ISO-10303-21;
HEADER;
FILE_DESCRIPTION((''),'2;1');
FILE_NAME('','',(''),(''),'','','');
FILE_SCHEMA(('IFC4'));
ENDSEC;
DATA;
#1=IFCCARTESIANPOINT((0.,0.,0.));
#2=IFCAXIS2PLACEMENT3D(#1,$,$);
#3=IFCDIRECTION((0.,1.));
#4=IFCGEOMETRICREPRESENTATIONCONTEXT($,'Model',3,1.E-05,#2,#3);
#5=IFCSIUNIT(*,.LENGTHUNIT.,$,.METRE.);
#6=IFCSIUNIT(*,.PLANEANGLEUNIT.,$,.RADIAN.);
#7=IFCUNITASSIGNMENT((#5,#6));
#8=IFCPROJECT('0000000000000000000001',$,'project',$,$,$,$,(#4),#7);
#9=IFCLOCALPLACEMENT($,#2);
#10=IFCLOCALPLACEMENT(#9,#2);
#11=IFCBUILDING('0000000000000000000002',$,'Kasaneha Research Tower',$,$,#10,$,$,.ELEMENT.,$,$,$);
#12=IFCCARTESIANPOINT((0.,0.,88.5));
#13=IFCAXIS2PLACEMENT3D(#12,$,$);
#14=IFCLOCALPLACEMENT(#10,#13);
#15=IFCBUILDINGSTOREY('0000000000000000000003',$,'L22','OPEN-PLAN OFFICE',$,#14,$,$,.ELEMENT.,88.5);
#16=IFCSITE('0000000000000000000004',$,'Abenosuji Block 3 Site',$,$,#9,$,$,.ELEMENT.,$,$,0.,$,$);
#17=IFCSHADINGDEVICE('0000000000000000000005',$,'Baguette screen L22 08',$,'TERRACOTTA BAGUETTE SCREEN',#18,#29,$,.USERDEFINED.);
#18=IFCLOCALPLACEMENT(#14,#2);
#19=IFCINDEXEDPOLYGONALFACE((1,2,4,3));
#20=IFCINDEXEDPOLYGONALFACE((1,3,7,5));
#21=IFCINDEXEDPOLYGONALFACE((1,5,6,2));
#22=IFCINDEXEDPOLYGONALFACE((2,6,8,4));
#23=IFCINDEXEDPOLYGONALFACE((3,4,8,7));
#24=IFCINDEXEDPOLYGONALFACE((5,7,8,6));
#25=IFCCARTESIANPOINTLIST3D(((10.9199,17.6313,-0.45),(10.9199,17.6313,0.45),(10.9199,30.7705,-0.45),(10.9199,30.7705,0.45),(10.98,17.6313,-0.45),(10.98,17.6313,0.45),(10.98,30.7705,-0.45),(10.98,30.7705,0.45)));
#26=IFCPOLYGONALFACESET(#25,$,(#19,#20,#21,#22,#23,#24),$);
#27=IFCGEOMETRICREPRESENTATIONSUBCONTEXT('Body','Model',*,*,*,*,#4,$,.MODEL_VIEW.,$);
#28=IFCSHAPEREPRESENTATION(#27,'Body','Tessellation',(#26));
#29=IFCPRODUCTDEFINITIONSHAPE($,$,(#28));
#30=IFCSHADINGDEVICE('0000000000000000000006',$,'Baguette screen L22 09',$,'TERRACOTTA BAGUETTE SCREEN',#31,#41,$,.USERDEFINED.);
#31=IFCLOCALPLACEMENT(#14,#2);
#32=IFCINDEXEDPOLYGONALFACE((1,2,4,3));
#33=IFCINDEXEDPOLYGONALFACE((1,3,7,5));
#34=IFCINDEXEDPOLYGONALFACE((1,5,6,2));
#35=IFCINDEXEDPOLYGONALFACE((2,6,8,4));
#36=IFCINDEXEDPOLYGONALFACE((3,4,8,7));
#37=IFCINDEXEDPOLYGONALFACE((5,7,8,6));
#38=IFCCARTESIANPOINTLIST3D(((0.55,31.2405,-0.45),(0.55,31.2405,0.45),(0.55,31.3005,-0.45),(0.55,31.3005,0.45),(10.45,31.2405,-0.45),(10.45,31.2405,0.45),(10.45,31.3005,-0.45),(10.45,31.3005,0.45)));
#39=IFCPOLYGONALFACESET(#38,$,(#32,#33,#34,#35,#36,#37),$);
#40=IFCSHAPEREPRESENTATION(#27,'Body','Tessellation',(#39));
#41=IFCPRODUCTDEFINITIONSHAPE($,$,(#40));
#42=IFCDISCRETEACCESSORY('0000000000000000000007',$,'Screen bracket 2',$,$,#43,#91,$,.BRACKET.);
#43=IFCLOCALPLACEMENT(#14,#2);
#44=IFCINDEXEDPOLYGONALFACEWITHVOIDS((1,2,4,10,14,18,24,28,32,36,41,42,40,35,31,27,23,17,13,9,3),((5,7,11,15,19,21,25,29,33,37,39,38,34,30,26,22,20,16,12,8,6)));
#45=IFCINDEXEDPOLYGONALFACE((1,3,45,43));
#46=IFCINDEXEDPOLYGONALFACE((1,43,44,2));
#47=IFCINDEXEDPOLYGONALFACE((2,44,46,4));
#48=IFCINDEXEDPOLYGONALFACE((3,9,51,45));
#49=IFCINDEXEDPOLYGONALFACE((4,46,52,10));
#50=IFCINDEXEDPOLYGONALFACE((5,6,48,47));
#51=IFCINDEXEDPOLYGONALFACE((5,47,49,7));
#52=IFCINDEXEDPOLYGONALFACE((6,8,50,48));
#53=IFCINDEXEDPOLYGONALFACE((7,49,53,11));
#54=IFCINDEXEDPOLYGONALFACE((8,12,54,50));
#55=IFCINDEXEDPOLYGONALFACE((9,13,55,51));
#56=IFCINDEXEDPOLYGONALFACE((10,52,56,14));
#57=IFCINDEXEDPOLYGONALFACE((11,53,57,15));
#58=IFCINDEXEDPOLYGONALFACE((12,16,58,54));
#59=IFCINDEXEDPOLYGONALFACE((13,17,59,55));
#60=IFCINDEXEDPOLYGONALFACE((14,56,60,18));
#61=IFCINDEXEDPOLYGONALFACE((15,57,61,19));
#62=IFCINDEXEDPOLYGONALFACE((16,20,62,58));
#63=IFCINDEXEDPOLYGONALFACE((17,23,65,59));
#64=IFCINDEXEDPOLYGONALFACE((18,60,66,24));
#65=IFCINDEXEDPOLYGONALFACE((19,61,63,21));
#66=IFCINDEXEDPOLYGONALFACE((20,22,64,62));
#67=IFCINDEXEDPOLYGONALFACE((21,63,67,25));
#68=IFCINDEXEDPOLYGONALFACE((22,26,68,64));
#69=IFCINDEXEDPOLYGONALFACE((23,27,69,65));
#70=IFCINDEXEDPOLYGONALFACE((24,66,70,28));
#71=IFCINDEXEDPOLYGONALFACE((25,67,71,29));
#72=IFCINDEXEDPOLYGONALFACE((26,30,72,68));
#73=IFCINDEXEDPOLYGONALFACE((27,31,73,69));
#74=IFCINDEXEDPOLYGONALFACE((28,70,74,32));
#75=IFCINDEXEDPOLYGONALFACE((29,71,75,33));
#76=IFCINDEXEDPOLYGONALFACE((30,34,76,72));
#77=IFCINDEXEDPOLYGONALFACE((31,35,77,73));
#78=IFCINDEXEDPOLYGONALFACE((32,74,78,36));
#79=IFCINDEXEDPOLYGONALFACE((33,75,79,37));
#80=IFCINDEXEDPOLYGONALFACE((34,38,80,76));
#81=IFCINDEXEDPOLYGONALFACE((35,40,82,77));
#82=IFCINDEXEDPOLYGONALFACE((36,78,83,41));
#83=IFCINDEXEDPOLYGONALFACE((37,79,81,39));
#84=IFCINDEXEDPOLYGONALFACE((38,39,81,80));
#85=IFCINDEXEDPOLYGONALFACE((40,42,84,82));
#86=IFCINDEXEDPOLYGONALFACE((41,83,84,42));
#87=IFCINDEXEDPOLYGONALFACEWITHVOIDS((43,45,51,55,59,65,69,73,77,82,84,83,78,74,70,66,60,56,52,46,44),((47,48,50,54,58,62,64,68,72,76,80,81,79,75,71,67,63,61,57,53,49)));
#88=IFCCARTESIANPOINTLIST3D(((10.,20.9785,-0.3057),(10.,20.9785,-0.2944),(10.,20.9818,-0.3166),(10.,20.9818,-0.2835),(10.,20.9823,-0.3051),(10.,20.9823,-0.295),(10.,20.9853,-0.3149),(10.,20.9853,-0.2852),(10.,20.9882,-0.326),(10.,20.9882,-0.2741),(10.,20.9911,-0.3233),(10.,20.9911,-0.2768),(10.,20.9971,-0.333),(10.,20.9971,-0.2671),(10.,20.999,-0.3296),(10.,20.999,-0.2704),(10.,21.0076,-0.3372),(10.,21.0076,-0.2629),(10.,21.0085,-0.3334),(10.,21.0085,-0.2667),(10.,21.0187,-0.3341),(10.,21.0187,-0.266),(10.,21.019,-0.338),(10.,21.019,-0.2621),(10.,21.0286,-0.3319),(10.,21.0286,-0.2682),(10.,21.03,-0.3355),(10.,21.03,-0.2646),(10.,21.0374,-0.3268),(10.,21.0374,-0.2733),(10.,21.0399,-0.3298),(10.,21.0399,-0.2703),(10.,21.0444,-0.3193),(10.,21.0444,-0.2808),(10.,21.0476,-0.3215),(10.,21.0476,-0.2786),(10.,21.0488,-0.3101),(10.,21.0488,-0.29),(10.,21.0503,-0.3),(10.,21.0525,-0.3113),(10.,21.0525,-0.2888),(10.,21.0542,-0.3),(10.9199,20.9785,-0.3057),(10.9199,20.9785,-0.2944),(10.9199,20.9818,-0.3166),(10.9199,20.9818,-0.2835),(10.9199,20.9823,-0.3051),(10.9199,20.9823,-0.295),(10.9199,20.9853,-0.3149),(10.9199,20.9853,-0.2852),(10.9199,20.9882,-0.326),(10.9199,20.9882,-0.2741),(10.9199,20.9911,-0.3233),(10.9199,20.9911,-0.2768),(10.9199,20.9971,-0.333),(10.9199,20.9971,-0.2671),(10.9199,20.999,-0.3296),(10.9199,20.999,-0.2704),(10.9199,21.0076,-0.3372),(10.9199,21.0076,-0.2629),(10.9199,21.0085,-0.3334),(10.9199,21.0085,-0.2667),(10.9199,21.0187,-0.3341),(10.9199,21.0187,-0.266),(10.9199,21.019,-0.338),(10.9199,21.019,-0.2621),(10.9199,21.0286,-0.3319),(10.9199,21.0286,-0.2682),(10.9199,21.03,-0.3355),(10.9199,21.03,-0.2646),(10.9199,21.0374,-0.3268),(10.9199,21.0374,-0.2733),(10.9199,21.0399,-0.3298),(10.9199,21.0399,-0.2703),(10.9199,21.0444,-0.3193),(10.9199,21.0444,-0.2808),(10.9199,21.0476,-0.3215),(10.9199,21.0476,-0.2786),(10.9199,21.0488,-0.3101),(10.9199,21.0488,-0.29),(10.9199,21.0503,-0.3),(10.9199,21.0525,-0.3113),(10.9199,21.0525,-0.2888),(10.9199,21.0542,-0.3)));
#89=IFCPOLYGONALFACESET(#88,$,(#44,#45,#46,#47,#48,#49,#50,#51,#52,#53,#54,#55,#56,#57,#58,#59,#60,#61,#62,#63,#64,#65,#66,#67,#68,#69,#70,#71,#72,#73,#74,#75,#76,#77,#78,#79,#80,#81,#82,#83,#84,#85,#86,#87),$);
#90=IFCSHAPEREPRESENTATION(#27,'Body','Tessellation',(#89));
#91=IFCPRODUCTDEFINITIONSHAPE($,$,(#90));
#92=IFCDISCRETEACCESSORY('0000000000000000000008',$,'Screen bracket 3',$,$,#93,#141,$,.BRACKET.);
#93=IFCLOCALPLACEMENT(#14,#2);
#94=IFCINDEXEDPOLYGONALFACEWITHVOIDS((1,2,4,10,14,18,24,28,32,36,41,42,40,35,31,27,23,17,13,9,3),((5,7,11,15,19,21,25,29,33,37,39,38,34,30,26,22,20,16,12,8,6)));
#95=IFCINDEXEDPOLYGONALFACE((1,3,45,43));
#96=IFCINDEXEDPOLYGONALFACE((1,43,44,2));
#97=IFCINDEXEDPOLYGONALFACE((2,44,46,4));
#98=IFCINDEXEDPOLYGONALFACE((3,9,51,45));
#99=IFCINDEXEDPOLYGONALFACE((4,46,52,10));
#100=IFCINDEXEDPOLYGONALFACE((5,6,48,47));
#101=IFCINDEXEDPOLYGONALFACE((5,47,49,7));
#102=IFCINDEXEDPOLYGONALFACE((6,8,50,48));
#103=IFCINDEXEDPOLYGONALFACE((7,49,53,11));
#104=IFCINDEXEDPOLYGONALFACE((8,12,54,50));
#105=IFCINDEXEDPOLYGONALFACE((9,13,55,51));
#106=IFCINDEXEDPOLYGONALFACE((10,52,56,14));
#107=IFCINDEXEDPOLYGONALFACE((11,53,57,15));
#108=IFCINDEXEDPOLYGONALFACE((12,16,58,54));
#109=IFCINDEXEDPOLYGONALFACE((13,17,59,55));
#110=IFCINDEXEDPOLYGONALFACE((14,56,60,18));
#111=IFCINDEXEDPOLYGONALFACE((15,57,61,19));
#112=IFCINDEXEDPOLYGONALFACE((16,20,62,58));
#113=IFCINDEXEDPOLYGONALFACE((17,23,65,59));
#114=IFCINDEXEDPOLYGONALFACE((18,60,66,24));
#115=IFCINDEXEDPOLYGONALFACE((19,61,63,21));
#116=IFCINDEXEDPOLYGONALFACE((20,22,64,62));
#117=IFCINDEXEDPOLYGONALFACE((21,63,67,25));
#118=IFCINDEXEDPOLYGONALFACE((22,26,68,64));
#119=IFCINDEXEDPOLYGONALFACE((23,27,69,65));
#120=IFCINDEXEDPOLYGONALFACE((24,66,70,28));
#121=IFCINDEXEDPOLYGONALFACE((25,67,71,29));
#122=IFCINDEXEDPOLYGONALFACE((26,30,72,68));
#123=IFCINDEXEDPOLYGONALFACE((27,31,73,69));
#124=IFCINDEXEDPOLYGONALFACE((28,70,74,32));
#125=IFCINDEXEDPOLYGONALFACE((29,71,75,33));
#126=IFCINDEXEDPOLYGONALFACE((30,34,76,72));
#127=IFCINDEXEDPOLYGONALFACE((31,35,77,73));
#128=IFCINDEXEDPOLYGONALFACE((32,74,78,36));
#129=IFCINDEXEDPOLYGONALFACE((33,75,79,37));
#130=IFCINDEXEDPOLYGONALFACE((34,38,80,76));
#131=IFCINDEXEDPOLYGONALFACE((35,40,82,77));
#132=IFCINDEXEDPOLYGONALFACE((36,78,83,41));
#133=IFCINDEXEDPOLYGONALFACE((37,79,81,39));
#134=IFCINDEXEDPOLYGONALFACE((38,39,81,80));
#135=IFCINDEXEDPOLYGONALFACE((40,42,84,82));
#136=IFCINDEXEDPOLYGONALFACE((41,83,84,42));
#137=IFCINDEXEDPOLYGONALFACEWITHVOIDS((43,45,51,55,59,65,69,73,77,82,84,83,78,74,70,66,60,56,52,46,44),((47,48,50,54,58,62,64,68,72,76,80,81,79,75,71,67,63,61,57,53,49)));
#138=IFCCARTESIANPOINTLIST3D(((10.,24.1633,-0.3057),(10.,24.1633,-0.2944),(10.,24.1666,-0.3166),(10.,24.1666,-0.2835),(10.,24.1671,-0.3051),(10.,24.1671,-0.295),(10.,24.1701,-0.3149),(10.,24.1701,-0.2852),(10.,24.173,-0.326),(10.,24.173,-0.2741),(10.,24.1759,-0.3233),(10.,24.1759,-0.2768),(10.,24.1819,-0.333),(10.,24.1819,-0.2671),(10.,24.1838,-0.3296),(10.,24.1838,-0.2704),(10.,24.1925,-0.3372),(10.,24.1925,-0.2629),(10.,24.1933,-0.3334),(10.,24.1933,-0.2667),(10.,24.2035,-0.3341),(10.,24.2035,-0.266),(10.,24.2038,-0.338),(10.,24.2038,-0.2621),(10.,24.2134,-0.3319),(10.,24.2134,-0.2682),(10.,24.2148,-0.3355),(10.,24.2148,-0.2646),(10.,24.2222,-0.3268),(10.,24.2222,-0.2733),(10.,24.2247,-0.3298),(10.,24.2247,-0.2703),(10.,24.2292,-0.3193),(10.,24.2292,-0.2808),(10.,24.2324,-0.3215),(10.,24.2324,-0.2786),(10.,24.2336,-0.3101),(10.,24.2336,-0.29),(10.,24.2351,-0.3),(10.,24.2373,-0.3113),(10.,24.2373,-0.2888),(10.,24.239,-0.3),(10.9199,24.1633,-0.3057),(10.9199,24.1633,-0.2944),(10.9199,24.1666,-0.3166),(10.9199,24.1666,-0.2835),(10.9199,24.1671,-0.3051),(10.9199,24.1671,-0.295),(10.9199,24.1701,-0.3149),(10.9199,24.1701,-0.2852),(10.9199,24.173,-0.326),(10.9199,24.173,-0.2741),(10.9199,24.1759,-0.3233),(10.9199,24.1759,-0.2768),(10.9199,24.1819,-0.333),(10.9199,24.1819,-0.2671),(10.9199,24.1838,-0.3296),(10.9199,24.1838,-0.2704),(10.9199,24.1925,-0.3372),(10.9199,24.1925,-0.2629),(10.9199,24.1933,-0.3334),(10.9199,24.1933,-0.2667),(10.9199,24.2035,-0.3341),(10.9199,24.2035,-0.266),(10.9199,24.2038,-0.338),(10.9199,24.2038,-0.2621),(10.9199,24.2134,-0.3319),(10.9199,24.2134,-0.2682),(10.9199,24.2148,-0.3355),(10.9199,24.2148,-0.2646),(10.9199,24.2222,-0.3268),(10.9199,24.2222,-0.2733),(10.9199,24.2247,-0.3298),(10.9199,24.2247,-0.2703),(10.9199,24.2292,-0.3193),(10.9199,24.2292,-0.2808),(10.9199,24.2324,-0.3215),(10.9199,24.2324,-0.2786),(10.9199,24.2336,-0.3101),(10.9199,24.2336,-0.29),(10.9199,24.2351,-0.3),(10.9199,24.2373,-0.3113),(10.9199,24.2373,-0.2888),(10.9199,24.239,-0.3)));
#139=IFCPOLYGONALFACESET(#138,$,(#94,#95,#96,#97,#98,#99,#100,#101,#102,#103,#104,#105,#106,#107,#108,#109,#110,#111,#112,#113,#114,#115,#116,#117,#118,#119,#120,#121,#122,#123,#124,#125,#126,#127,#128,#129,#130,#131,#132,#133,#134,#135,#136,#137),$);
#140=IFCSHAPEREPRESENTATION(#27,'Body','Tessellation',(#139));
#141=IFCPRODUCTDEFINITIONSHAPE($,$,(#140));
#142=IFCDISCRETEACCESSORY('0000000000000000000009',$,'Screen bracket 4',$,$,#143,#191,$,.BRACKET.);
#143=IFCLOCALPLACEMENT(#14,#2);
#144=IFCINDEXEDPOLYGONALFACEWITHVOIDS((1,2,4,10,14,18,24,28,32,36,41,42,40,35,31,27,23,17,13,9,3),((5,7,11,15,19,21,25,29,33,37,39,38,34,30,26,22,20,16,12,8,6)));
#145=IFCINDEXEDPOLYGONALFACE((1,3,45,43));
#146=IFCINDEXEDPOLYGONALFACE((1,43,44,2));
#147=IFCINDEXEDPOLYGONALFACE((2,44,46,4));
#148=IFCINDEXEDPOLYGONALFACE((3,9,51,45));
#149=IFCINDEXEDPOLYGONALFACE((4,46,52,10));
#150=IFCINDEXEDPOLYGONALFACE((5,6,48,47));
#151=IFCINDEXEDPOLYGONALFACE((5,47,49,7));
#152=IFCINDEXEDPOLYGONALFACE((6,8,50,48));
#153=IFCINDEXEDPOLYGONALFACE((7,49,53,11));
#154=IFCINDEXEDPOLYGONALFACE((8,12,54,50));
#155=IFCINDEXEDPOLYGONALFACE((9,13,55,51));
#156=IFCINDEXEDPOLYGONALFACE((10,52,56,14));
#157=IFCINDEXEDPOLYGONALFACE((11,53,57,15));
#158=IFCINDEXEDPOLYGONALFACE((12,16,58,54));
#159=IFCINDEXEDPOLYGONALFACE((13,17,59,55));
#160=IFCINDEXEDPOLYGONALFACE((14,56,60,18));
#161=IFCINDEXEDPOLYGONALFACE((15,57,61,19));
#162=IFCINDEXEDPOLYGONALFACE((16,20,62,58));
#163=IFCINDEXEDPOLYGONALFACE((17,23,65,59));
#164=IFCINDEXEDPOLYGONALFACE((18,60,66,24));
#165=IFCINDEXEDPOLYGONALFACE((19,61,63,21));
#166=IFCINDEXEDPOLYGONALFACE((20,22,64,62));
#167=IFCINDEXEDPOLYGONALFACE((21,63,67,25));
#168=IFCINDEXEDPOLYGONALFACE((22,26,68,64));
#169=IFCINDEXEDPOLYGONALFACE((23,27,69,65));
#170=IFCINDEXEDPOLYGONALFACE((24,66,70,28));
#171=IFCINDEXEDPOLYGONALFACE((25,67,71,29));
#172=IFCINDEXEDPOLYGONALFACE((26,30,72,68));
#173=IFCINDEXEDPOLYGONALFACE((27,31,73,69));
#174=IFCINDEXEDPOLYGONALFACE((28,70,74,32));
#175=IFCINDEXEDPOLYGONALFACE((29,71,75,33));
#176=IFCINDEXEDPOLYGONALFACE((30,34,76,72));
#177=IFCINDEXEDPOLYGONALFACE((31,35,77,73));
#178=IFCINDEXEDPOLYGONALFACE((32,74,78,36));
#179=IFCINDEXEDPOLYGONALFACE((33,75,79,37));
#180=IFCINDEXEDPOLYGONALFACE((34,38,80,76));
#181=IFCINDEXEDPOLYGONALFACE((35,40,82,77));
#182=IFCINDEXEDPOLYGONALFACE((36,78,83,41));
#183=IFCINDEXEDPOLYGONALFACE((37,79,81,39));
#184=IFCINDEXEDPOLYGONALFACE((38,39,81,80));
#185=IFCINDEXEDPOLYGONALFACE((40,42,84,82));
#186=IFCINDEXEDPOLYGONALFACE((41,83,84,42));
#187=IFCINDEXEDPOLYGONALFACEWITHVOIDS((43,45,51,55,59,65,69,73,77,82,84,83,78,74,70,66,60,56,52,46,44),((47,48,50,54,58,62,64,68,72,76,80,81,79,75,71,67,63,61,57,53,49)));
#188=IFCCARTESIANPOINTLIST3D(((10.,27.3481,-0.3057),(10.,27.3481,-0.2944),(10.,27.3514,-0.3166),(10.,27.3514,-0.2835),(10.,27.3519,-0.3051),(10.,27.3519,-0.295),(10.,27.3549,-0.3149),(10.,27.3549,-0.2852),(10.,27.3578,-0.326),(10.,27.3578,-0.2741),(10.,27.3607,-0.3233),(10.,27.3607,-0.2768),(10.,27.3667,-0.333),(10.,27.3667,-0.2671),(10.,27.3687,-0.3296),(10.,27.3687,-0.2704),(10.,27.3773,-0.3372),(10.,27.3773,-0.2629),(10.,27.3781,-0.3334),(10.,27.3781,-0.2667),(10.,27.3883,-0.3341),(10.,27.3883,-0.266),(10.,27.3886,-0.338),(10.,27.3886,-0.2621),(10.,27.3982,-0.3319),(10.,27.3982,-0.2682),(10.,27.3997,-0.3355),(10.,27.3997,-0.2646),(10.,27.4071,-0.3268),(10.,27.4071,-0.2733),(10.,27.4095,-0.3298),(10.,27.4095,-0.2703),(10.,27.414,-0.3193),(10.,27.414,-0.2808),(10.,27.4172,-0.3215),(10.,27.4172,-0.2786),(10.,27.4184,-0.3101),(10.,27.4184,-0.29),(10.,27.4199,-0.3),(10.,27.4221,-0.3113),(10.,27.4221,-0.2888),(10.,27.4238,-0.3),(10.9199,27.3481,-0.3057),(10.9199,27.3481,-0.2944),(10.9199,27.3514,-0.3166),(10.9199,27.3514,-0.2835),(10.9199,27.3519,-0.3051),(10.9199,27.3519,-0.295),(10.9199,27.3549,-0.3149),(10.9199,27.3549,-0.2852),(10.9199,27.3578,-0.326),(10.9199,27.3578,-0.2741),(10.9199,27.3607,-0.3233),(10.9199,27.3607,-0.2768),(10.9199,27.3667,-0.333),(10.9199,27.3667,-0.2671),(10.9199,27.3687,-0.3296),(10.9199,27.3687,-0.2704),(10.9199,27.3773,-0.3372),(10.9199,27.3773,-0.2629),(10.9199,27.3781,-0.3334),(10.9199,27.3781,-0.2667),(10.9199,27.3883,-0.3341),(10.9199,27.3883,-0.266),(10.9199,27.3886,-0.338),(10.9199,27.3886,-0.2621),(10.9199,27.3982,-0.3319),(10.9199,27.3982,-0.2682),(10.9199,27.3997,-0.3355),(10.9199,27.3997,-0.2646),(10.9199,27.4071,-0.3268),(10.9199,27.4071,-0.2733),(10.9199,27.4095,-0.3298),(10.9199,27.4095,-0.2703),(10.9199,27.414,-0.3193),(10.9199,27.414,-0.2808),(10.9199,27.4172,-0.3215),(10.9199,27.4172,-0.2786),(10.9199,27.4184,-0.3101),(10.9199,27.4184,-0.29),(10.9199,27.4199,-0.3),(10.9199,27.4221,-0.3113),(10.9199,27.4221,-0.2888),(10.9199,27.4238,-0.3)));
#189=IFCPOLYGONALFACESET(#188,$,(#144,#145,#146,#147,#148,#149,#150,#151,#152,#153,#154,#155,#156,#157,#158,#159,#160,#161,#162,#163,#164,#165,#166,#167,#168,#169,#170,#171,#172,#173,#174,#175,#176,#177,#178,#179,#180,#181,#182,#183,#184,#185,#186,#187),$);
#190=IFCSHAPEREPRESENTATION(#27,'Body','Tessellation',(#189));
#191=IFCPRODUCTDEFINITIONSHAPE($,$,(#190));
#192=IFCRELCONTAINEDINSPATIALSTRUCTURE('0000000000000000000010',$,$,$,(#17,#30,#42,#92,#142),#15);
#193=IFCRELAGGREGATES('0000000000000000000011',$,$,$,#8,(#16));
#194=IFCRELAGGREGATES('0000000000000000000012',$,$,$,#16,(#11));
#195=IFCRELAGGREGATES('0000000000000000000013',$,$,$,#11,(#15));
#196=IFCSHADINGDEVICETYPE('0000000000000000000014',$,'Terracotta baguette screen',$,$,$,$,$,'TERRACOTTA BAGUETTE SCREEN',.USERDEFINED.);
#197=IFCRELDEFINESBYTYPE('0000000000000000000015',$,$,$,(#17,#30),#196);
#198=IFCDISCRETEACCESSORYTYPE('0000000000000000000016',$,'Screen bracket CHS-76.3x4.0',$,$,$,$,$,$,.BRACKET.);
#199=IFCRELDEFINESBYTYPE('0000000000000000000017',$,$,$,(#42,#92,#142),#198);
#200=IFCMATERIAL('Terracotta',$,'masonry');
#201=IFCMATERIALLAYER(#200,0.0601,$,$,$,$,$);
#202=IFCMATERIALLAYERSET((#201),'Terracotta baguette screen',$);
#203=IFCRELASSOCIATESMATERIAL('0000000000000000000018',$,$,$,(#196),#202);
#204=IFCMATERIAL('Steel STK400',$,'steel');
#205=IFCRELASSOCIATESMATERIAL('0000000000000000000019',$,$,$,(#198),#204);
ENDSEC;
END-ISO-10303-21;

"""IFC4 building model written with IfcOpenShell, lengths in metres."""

from ifc_helpers import new_model, si_unit, direction, frame, origin, origin_2d, place, context, subcontext, project, spatial, rectangle, hollow_circle, extrude, material, layer, layer_set, material_profile, profile_set, type_object, element, save


model = new_model("IFC4")

# Units and contexts
model_context = context("Model", 3, precision=1e-05, world=origin(), true_north=direction((0.0, 1.0)))
body_context = subcontext(model_context, "Body", "Model", "MODEL_VIEW")
ifc_project = project(units=[si_unit("LENGTHUNIT", "METRE"), si_unit("PLANEANGLEUNIT", "RADIAN")], contexts=[model_context])

# Site, building, storey
site_placement = place(None, origin())
site = spatial("IfcSite", under=ifc_project, at=site_placement, Name="Abenosuji Block 3 Site", CompositionType="ELEMENT", RefElevation=0.0)
building_placement = place(site_placement, origin())
building = spatial("IfcBuilding", under=site, at=building_placement, Name="Kasaneha Research Tower", CompositionType="ELEMENT")
storey_placement = place(building_placement, frame((0.0, 0.0, 88.5)))
storey = spatial("IfcBuildingStorey", under=building, at=storey_placement, Name="L22", Description="OPEN-PLAN OFFICE", CompositionType="ELEMENT", Elevation=88.5)

# Shading devices
ifc_material_1 = material(Name="Terracotta", Category="masonry")
ifc_layer_1 = layer(ifc_material_1, 0.0601)
ifc_layer_set_1 = layer_set([ifc_layer_1], Name="Terracotta baguette screen")
shading_device_type = type_object("IfcShadingDeviceType", Name="Terracotta baguette screen", ElementType="TERRACOTTA BAGUETTE SCREEN", PredefinedType="USERDEFINED", material=ifc_layer_set_1)
shading_device_1_placement = place(storey_placement, frame((10.95, 24.2009, -0.45), z_axis=(0.0, 0.0, 1.0), x_axis=(0.0, 1.0, 0.0)))
element("IfcShadingDevice", 1, at=shading_device_1_placement, inside=storey, type_object=shading_device_type, Name="Baguette screen L22 08", ObjectType="TERRACOTTA BAGUETTE SCREEN", PredefinedType="USERDEFINED", context=body_context, shape_type="SweptSolid", body=[
    extrude(rectangle(XDim=13.1392, YDim=0.0601, at=origin_2d()), origin(), (0.0, 0.0, 1.0), 0.8999),
])
shading_device_2_placement = place(storey_placement, frame((5.5, 31.2705, -0.45), z_axis=(0.0, 0.0, 1.0), x_axis=(-1.0, 0.0, 0.0)))
element("IfcShadingDevice", 2, at=shading_device_2_placement, inside=storey, type_object=shading_device_type, Name="Baguette screen L22 09", ObjectType="TERRACOTTA BAGUETTE SCREEN", PredefinedType="USERDEFINED", context=body_context, shape_type="SweptSolid", body=[
    extrude(rectangle(XDim=9.8999, YDim=0.0601, at=origin_2d()), origin(), (0.0, 0.0, 1.0), 0.8999),
])

# Discrete accessories
ifc_material_2 = material(Name="Steel STK400", Category="steel")
ifc_material_profile_1 = material_profile(ifc_material_2, hollow_circle(Radius=0.0381, WallThickness=0.0039, at=origin_2d()), Name="CHS-76.3x4.0")
ifc_profile_set_1 = profile_set([ifc_material_profile_1], Name="Steel STK400")
discrete_accessory_type = type_object("IfcDiscreteAccessoryType", Name="Screen bracket CHS-76.3x4.0", PredefinedType="BRACKET", material=ifc_profile_set_1)
for number, where, z_axis, x_axis, name in (
    (3, (10.0, 21.0161, -0.3), (1.0, 0.0, 0.0), (0.0, 1.0, 0.0), "Screen bracket 2"),
    (4, (10.0, 24.2009, -0.3), (1.0, 0.0, 0.0), (0.0, 1.0, 0.0), "Screen bracket 3"),
    (5, (10.0, 27.3857, -0.3), (1.0, 0.0, 0.0), (0.0, 1.0, 0.0), "Screen bracket 4"),
):
    element("IfcDiscreteAccessory", number, at=place(storey_placement, frame(where, z_axis=z_axis, x_axis=x_axis)), inside=storey, type_object=discrete_accessory_type, Name=name, PredefinedType="BRACKET", context=body_context, shape_type="SweptSolid", body=[
        extrude(hollow_circle(Radius=0.0381, WallThickness=0.0039, at=origin_2d()), origin(), (0.0, 0.0, 1.0), 0.9199),
    ])

save(model, "model.ifc")
